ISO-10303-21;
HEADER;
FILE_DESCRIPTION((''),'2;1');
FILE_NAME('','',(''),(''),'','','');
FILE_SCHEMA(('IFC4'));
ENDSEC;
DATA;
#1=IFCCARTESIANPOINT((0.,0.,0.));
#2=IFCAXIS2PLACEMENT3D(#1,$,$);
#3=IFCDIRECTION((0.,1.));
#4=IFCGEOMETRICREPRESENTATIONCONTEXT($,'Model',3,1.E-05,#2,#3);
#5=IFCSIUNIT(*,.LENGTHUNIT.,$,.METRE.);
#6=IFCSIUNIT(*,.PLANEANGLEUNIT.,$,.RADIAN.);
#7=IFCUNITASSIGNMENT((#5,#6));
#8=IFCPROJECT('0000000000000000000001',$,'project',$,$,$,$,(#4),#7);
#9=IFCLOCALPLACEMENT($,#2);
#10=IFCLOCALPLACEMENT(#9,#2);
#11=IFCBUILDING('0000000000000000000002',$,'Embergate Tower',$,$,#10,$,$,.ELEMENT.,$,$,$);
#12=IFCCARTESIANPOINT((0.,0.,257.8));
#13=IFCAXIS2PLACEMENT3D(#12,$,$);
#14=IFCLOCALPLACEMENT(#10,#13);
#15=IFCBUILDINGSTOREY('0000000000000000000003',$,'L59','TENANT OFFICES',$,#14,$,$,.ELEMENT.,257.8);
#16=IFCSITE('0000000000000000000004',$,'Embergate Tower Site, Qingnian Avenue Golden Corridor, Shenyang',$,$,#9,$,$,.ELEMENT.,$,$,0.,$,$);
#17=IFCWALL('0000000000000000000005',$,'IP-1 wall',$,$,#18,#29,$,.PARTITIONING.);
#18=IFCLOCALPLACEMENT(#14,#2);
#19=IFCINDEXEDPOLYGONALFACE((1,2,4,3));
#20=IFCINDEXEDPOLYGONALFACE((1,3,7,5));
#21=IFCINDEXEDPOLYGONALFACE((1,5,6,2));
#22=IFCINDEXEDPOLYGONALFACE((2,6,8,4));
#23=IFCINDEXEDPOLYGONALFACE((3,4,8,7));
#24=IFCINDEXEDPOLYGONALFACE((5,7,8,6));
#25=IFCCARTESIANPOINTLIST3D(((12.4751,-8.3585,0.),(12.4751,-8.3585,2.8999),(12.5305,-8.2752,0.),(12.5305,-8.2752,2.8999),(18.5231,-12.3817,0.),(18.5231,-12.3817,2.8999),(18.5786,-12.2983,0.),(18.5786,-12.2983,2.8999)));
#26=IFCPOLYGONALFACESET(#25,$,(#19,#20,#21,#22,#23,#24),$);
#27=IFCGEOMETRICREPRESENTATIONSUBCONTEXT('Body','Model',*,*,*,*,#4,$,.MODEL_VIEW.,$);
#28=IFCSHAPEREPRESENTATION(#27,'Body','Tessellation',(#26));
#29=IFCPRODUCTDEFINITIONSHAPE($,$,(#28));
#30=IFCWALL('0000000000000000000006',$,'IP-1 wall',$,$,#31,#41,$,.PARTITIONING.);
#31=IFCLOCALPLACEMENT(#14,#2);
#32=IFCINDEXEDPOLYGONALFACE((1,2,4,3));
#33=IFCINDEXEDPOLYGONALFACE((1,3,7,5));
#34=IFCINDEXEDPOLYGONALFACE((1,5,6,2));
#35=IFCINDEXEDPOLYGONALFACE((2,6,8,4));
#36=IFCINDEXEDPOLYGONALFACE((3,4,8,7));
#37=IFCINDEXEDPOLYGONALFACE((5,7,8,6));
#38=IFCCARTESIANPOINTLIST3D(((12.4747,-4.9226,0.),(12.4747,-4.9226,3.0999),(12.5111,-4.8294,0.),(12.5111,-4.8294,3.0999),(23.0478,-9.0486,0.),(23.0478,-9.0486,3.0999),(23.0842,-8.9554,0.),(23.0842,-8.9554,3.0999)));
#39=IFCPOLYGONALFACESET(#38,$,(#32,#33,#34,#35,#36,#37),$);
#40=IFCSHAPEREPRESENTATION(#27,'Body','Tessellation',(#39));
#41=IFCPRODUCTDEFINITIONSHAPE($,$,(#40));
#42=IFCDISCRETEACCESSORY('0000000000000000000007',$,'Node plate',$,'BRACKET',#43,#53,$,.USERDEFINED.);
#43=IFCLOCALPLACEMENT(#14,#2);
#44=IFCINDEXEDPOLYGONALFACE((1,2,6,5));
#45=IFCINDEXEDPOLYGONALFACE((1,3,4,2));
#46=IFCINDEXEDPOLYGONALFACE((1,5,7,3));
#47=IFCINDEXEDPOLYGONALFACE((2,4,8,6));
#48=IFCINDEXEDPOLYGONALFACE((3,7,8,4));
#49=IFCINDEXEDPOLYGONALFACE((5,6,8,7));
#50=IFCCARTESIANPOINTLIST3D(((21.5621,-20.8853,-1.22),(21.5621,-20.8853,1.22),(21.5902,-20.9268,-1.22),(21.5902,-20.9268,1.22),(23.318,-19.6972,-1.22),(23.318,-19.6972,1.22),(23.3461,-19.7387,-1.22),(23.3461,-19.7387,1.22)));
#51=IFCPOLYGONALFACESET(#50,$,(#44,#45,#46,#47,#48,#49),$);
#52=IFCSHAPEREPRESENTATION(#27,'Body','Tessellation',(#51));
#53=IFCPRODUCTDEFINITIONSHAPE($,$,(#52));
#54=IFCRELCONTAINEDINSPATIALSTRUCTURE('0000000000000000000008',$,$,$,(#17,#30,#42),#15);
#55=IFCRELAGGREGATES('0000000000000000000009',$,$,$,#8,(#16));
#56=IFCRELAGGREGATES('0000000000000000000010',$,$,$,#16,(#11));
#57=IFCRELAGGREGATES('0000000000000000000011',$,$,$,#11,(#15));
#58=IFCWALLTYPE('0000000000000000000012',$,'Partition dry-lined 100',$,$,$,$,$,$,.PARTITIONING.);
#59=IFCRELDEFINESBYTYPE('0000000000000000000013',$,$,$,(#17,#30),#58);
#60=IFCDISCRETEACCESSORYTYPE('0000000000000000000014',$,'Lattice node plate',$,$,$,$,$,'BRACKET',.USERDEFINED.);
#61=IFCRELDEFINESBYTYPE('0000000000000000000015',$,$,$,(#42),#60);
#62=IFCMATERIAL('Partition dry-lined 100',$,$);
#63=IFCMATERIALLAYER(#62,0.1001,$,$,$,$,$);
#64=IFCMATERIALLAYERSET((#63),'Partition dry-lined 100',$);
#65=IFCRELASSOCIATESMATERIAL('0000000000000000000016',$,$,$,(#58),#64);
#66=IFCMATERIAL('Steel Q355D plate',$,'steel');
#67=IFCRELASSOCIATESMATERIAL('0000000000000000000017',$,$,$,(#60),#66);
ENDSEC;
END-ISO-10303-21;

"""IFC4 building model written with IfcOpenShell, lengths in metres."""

from ifc_helpers import new_model, si_unit, direction, frame, frame_2d, origin, origin_2d, place, context, subcontext, project, spatial, rectangle, extrude, source, transform, mapped, material, layer, layer_set, type_object, element, save


model = new_model("IFC4")

# Units and contexts
model_context = context("Model", 3, precision=1e-05, world=origin(), true_north=direction((0.0, 1.0)))
body_context = subcontext(model_context, "Body", "Model", "MODEL_VIEW")
ifc_project = project(units=[si_unit("LENGTHUNIT", "METRE"), si_unit("PLANEANGLEUNIT", "RADIAN")], contexts=[model_context])

# Site, building, storey
site_placement = place(None, origin())
site = spatial("IfcSite", under=ifc_project, at=site_placement, Name="Embergate Tower Site, Qingnian Avenue Golden Corridor, Shenyang", CompositionType="ELEMENT", RefElevation=0.0)
building_placement = place(site_placement, origin())
building = spatial("IfcBuilding", under=site, at=building_placement, Name="Embergate Tower", CompositionType="ELEMENT")
storey_placement = place(building_placement, frame((0.0, 0.0, 257.8)))
storey = spatial("IfcBuildingStorey", under=building, at=storey_placement, Name="L59", Description="TENANT OFFICES", CompositionType="ELEMENT", Elevation=257.8)

# Walls
ifc_material_1 = material(Name="Partition dry-lined 100")
ifc_layer_1 = layer(ifc_material_1, 0.1001)
ifc_layer_set_1 = layer_set([ifc_layer_1], Name="Partition dry-lined 100")
wall_type_1 = type_object("IfcWallType", Name="Partition dry-lined 100", PredefinedType="PARTITIONING", material=ifc_layer_set_1)
shared_shape_1 = source(origin(), body_context, "Body", "SweptSolid", [
    extrude(rectangle(XDim=7.2639, YDim=0.1001, at=frame_2d((3.6318, 0.0))), origin(), (0.0, 0.0, 1.0), 2.8999),
])
wall_1_placement = place(storey_placement, frame((12.5029, -8.3169, 0.0), z_axis=(0.0, 0.0, 1.0), x_axis=(0.832613, -0.553854, 0.0)))
element("IfcWall", 1, at=wall_1_placement, inside=storey, type_object=wall_type_1, Name="IP-1 wall", PredefinedType="PARTITIONING", context=body_context, shape_type="MappedRepresentation", body=[
    mapped(shared_shape_1, transform((0.0, 0.0, 0.0))),
])
shared_shape_2 = source(origin(), body_context, "Body", "SweptSolid", [
    extrude(rectangle(XDim=11.3496, YDim=0.1001, at=frame_2d((5.6748, 0.0))), origin(), (0.0, 0.0, 1.0), 3.0999),
])
wall_2_placement = place(storey_placement, frame((12.4929, -4.876, 0.0), z_axis=(0.0, 0.0, 1.0), x_axis=(0.93158, -0.363537, 0.0)))
element("IfcWall", 2, at=wall_2_placement, inside=storey, type_object=wall_type_1, Name="IP-1 wall", PredefinedType="PARTITIONING", context=body_context, shape_type="MappedRepresentation", body=[
    mapped(shared_shape_2, transform((0.0, 0.0, 0.0))),
])

# Discrete accessory
ifc_material_2 = material(Name="Steel Q355D plate", Category="steel")
discrete_accessory_type = type_object("IfcDiscreteAccessoryType", Name="Lattice node plate", ElementType="BRACKET", PredefinedType="USERDEFINED", material=ifc_material_2)
shared_shape_3 = source(origin(), body_context, "Body", "SweptSolid", [
    extrude(rectangle(XDim=2.1201, YDim=0.05, at=origin_2d()), origin(), (0.0, 0.0, 1.0), 2.4399),
])
discrete_accessory_placement = place(storey_placement, frame((22.4541, -20.312, -1.22), z_axis=(0.0, 0.0, 1.0), x_axis=(0.828227, 0.560393, 0.0)))
element("IfcDiscreteAccessory", 3, at=discrete_accessory_placement, inside=storey, type_object=discrete_accessory_type, Name="Node plate", ObjectType="BRACKET", PredefinedType="USERDEFINED", context=body_context, shape_type="MappedRepresentation", body=[
    mapped(shared_shape_3, transform((0.0, 0.0, 0.0))),
])

save(model, "model.ifc")
